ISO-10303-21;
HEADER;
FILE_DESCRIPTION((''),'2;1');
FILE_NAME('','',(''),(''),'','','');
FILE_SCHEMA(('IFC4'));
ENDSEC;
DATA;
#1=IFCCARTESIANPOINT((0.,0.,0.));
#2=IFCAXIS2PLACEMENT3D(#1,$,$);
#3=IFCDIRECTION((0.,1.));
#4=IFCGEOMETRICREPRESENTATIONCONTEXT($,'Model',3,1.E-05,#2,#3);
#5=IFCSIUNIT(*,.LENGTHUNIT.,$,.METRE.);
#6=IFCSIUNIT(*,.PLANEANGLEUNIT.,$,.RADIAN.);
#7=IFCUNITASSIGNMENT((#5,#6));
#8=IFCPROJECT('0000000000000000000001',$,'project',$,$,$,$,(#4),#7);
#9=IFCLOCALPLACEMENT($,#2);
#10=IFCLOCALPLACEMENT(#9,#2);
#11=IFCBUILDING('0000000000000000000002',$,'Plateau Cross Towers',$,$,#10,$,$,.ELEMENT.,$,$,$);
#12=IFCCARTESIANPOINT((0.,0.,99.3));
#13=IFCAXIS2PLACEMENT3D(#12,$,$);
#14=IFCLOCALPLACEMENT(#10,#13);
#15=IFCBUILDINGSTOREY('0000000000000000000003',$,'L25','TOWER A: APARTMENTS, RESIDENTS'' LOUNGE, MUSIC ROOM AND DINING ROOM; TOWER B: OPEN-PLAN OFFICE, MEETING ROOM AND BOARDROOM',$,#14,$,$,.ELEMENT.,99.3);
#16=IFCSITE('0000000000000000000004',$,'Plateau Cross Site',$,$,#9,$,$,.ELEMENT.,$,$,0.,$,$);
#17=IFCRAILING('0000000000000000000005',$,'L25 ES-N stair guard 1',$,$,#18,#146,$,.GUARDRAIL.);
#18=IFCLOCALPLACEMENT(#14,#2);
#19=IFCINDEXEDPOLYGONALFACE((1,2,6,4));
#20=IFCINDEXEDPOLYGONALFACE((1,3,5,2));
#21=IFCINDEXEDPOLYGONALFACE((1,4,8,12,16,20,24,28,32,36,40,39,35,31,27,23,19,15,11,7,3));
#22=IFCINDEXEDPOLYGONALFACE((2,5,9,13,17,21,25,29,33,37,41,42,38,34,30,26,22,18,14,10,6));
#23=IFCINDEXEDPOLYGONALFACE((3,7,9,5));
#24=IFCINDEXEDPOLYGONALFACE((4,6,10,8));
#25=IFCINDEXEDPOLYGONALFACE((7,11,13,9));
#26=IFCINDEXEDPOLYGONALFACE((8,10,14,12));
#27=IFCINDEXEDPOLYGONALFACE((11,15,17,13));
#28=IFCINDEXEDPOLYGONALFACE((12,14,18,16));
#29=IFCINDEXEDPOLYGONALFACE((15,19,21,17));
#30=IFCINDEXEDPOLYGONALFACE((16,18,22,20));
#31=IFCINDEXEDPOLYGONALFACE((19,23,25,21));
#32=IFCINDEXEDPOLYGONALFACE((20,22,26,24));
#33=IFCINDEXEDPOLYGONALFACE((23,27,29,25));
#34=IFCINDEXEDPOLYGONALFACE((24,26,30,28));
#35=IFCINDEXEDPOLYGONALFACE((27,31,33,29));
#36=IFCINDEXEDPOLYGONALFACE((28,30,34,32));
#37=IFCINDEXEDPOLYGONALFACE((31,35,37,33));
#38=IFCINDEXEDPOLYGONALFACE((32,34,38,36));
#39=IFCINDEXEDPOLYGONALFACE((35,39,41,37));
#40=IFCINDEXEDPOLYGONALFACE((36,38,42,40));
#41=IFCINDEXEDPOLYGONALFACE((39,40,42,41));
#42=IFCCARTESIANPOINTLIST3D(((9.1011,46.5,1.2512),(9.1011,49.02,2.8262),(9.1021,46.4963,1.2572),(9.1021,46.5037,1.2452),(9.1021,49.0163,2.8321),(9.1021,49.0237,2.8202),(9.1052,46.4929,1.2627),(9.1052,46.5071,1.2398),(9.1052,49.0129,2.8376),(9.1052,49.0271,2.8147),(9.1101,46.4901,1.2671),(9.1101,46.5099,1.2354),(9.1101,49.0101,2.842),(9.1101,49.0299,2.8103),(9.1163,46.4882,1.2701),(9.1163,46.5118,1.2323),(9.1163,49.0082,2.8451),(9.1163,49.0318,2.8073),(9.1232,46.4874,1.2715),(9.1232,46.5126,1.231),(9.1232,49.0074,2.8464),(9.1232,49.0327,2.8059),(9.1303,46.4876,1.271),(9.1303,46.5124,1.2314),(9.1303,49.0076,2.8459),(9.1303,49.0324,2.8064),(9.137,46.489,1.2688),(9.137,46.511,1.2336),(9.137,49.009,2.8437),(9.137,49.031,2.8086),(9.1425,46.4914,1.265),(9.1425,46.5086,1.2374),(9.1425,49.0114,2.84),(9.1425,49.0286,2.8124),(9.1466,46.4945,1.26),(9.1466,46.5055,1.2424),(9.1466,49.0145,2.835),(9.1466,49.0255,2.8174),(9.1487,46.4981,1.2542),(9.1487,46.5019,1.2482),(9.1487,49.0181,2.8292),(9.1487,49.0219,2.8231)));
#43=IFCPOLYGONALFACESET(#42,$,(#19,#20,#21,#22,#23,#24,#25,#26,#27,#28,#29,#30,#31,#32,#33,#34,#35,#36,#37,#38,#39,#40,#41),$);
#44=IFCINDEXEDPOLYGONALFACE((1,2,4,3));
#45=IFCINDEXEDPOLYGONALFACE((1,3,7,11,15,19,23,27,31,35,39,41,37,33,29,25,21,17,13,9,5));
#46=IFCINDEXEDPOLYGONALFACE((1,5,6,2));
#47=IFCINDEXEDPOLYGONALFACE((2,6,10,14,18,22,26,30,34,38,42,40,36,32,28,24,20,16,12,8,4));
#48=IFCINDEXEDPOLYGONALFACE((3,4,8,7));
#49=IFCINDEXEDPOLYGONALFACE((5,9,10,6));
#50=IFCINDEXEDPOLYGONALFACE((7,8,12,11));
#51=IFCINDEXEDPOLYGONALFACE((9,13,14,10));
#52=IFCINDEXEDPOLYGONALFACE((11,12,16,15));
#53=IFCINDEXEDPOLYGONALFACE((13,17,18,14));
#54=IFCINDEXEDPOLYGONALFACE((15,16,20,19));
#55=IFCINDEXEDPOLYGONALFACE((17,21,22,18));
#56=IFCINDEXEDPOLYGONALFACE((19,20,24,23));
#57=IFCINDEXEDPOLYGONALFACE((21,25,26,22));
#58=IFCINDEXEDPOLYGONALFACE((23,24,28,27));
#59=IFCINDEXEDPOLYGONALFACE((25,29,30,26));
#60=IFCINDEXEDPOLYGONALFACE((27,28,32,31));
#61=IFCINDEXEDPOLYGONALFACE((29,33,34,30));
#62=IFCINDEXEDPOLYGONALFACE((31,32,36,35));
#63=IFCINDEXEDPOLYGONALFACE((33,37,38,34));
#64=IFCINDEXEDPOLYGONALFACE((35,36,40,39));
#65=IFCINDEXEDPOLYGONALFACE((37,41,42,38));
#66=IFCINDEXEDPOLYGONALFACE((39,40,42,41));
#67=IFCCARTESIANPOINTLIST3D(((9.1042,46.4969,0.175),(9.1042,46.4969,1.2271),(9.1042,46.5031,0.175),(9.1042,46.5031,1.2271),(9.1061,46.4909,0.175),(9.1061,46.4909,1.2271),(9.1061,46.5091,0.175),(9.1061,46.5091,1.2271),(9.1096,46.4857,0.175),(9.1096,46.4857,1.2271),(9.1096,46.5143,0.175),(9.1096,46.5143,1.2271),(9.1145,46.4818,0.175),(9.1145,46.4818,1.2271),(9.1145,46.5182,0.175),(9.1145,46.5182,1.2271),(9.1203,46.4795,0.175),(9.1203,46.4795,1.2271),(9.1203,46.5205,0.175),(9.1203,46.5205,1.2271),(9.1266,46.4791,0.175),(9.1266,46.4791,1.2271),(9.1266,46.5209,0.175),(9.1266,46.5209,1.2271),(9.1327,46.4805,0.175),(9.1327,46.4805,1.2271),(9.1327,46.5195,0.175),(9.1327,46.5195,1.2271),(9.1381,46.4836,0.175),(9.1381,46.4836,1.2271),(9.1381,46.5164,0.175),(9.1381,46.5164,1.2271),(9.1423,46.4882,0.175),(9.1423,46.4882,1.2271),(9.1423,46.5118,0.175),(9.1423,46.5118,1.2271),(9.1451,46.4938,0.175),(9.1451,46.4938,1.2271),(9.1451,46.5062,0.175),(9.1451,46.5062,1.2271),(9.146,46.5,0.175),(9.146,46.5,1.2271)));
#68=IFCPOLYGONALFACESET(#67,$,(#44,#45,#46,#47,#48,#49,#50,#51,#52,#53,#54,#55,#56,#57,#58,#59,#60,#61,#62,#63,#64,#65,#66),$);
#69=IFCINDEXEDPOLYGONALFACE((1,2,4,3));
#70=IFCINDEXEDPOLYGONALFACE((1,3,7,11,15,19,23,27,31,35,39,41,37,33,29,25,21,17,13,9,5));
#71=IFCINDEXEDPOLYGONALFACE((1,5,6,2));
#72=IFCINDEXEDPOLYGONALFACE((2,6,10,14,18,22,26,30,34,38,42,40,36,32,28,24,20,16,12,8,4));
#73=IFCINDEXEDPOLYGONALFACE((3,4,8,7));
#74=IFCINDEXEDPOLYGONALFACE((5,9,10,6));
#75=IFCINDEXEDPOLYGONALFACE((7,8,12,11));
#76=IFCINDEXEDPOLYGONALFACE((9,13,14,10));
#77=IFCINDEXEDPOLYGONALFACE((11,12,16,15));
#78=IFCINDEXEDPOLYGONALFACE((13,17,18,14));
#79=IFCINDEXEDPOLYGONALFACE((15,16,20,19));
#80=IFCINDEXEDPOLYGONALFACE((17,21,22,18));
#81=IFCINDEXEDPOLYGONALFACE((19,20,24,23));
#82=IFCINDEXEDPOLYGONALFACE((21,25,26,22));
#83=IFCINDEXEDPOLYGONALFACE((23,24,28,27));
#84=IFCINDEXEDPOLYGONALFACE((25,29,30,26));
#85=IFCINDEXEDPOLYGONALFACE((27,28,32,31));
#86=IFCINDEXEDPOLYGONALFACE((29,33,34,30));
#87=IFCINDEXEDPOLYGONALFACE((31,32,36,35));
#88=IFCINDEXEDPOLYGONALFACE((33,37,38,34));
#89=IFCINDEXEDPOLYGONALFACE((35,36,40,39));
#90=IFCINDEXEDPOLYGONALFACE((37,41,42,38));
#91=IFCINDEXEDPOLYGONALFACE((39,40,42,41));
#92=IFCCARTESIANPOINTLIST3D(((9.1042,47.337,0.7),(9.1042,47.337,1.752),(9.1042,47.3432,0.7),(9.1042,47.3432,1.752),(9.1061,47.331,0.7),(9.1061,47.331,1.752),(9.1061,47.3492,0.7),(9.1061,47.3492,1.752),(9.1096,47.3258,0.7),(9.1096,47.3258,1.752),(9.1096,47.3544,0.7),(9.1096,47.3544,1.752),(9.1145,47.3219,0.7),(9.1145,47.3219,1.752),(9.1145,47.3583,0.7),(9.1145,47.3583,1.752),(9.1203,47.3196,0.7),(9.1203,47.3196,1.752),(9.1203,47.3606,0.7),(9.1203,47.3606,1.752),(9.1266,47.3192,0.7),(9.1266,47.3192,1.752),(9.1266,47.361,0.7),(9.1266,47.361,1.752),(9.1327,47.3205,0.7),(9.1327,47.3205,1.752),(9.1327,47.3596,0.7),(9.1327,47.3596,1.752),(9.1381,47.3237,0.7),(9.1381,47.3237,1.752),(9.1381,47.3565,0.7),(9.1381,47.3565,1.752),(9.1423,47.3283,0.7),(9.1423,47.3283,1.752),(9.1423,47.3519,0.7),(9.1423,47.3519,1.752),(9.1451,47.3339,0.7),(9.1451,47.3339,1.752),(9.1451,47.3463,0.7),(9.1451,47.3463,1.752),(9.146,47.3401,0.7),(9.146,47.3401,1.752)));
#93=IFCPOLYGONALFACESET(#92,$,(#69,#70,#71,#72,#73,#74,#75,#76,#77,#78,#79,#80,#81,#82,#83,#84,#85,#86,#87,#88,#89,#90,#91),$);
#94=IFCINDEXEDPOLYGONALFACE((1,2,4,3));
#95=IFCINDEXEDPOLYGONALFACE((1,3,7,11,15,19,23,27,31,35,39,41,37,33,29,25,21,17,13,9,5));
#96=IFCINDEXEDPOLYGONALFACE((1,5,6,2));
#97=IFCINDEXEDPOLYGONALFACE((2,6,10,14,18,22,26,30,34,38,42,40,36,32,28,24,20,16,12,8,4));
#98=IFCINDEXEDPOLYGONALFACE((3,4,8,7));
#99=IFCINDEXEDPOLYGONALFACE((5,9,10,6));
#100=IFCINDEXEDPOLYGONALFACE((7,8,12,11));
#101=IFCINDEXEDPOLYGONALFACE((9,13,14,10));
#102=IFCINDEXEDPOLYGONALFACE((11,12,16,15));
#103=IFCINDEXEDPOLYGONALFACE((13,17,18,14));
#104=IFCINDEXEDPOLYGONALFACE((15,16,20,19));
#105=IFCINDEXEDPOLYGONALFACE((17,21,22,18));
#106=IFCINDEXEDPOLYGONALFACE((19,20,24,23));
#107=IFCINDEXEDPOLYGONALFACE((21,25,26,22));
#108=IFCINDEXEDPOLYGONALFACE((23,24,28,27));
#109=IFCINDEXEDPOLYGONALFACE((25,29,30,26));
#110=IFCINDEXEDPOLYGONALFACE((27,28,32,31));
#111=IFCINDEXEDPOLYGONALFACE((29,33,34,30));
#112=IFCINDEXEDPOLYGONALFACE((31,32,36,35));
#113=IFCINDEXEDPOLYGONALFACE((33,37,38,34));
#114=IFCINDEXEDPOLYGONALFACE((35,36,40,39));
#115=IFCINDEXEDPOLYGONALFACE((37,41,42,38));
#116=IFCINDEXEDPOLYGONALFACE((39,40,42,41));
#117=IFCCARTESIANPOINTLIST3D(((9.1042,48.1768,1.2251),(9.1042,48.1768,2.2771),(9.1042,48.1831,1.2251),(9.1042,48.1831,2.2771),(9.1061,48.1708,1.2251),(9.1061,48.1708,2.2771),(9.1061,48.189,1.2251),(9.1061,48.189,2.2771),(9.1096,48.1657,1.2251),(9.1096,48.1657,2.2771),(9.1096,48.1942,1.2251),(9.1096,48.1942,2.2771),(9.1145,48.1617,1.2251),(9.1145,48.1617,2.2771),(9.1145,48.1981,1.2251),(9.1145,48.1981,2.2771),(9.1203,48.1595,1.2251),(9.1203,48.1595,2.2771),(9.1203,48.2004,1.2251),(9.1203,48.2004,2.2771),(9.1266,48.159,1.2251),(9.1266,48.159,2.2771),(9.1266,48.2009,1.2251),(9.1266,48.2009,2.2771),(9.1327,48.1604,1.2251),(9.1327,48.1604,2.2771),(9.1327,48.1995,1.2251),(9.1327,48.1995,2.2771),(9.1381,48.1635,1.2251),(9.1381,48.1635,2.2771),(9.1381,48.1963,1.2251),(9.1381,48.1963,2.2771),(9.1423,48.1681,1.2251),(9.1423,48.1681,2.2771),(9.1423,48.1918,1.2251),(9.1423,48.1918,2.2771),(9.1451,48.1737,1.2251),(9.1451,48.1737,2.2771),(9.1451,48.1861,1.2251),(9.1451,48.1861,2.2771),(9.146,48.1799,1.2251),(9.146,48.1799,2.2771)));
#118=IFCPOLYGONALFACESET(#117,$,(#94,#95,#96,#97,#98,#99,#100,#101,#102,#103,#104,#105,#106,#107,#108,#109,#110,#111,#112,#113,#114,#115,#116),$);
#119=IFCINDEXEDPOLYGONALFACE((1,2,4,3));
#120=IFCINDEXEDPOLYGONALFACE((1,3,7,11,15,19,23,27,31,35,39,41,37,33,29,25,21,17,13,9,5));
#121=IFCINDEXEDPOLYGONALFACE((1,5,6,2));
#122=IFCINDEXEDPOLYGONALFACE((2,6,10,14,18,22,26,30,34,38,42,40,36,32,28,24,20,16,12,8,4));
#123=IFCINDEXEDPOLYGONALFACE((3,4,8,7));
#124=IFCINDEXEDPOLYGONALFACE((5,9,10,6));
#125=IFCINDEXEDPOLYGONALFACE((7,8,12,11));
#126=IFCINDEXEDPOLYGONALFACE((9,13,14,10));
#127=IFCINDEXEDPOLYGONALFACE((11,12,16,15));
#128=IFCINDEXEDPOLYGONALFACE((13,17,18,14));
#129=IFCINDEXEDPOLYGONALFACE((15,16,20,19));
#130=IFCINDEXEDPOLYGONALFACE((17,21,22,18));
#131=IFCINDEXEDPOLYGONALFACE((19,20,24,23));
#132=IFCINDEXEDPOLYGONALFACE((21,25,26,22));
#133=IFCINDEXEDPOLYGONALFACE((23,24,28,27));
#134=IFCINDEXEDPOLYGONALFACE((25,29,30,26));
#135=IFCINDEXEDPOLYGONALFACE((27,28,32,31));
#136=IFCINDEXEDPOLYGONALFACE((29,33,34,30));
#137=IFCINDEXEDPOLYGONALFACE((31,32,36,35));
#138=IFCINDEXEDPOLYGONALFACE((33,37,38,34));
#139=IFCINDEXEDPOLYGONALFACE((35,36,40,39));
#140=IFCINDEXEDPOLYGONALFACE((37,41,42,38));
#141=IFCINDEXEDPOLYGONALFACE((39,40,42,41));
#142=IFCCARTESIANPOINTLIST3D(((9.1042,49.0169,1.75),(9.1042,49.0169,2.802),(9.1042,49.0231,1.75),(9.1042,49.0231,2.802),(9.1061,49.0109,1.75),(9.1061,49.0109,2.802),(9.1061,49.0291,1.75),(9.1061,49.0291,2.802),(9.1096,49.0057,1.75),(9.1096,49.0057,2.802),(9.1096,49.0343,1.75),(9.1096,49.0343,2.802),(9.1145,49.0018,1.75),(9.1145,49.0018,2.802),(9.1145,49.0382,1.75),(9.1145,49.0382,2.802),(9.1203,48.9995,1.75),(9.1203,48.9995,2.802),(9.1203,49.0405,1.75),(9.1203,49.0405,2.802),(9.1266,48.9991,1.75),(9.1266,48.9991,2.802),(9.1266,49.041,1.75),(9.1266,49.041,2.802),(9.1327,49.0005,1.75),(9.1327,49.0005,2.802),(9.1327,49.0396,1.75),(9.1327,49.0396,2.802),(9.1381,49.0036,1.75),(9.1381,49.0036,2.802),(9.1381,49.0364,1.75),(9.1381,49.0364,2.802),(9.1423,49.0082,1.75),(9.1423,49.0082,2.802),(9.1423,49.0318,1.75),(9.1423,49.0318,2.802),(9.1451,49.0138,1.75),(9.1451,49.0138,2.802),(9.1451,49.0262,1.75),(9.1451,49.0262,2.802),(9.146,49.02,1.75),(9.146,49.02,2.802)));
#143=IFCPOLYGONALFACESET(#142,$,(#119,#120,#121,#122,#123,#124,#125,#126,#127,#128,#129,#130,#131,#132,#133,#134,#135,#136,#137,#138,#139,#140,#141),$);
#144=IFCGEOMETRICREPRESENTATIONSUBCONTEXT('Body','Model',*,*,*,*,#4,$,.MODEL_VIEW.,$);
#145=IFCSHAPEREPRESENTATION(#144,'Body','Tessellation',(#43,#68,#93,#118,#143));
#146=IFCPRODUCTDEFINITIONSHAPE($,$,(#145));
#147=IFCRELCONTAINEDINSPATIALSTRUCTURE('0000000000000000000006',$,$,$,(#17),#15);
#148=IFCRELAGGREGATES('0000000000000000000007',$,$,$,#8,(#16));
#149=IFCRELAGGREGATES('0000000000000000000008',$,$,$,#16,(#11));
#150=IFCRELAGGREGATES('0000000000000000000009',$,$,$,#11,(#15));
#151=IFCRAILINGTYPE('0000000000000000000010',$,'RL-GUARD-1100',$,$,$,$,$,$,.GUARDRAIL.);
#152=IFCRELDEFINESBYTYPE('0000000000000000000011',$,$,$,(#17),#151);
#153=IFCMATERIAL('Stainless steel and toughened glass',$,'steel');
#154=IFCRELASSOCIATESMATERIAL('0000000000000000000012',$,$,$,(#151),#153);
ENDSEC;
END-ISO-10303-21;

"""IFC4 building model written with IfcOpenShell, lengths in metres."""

from ifc_helpers import new_model, si_unit, direction, frame, origin, origin_2d, place, context, subcontext, project, spatial, circle, extrude, material, type_object, element, save


model = new_model("IFC4")

# Units and contexts
model_context = context("Model", 3, precision=1e-05, world=origin(), true_north=direction((0.0, 1.0)))
body_context = subcontext(model_context, "Body", "Model", "MODEL_VIEW")
ifc_project = project(units=[si_unit("LENGTHUNIT", "METRE"), si_unit("PLANEANGLEUNIT", "RADIAN")], contexts=[model_context])

# Site, building, storey
site_placement = place(None, origin())
site = spatial("IfcSite", under=ifc_project, at=site_placement, Name="Plateau Cross Site", CompositionType="ELEMENT", RefElevation=0.0)
building_placement = place(site_placement, origin())
building = spatial("IfcBuilding", under=site, at=building_placement, Name="Plateau Cross Towers", CompositionType="ELEMENT")
storey_placement = place(building_placement, frame((0.0, 0.0, 99.3)))
storey = spatial("IfcBuildingStorey", under=building, at=storey_placement, Name="L25", Description="TOWER A: APARTMENTS, RESIDENTS' LOUNGE, MUSIC ROOM AND DINING ROOM; TOWER B: OPEN-PLAN OFFICE, MEETING ROOM AND BOARDROOM", CompositionType="ELEMENT", Elevation=99.3)

# Railing
ifc_material_1 = material(Name="Stainless steel and toughened glass", Category="steel")
railing_type_1 = type_object("IfcRailingType", Name="RL-GUARD-1100", PredefinedType="GUARDRAIL", material=ifc_material_1)
railing_1_placement = place(storey_placement, frame((9.125, 46.5, 0.175)))
element("IfcRailing", 1, at=railing_1_placement, inside=storey, type_object=railing_type_1, Name="L25 ES-N stair guard 1", PredefinedType="GUARDRAIL", context=body_context, shape_type="SweptSolid", body=[
    extrude(circle(Radius=0.0239, at=origin_2d()), frame((0.0, 0.0, 1.0762), z_axis=(0.0, 0.848008, 0.529984), x_axis=(-1.0, 0.0, 0.0)), (0.0, 0.0, 1.0), 2.9717),
    extrude(circle(Radius=0.021, at=origin_2d()), origin(), (0.0, 0.0, 1.0), 1.052),
    extrude(circle(Radius=0.021, at=origin_2d()), frame((0.0, 0.8401, 0.5249)), (0.0, 0.0, 1.0), 1.052),
    extrude(circle(Radius=0.021, at=origin_2d()), frame((0.0, 1.6799, 1.05)), (0.0, 0.0, 1.0), 1.052),
    extrude(circle(Radius=0.021, at=origin_2d()), frame((0.0, 2.52, 1.575)), (0.0, 0.0, 1.0), 1.052),
])

save(model, "model.ifc")
